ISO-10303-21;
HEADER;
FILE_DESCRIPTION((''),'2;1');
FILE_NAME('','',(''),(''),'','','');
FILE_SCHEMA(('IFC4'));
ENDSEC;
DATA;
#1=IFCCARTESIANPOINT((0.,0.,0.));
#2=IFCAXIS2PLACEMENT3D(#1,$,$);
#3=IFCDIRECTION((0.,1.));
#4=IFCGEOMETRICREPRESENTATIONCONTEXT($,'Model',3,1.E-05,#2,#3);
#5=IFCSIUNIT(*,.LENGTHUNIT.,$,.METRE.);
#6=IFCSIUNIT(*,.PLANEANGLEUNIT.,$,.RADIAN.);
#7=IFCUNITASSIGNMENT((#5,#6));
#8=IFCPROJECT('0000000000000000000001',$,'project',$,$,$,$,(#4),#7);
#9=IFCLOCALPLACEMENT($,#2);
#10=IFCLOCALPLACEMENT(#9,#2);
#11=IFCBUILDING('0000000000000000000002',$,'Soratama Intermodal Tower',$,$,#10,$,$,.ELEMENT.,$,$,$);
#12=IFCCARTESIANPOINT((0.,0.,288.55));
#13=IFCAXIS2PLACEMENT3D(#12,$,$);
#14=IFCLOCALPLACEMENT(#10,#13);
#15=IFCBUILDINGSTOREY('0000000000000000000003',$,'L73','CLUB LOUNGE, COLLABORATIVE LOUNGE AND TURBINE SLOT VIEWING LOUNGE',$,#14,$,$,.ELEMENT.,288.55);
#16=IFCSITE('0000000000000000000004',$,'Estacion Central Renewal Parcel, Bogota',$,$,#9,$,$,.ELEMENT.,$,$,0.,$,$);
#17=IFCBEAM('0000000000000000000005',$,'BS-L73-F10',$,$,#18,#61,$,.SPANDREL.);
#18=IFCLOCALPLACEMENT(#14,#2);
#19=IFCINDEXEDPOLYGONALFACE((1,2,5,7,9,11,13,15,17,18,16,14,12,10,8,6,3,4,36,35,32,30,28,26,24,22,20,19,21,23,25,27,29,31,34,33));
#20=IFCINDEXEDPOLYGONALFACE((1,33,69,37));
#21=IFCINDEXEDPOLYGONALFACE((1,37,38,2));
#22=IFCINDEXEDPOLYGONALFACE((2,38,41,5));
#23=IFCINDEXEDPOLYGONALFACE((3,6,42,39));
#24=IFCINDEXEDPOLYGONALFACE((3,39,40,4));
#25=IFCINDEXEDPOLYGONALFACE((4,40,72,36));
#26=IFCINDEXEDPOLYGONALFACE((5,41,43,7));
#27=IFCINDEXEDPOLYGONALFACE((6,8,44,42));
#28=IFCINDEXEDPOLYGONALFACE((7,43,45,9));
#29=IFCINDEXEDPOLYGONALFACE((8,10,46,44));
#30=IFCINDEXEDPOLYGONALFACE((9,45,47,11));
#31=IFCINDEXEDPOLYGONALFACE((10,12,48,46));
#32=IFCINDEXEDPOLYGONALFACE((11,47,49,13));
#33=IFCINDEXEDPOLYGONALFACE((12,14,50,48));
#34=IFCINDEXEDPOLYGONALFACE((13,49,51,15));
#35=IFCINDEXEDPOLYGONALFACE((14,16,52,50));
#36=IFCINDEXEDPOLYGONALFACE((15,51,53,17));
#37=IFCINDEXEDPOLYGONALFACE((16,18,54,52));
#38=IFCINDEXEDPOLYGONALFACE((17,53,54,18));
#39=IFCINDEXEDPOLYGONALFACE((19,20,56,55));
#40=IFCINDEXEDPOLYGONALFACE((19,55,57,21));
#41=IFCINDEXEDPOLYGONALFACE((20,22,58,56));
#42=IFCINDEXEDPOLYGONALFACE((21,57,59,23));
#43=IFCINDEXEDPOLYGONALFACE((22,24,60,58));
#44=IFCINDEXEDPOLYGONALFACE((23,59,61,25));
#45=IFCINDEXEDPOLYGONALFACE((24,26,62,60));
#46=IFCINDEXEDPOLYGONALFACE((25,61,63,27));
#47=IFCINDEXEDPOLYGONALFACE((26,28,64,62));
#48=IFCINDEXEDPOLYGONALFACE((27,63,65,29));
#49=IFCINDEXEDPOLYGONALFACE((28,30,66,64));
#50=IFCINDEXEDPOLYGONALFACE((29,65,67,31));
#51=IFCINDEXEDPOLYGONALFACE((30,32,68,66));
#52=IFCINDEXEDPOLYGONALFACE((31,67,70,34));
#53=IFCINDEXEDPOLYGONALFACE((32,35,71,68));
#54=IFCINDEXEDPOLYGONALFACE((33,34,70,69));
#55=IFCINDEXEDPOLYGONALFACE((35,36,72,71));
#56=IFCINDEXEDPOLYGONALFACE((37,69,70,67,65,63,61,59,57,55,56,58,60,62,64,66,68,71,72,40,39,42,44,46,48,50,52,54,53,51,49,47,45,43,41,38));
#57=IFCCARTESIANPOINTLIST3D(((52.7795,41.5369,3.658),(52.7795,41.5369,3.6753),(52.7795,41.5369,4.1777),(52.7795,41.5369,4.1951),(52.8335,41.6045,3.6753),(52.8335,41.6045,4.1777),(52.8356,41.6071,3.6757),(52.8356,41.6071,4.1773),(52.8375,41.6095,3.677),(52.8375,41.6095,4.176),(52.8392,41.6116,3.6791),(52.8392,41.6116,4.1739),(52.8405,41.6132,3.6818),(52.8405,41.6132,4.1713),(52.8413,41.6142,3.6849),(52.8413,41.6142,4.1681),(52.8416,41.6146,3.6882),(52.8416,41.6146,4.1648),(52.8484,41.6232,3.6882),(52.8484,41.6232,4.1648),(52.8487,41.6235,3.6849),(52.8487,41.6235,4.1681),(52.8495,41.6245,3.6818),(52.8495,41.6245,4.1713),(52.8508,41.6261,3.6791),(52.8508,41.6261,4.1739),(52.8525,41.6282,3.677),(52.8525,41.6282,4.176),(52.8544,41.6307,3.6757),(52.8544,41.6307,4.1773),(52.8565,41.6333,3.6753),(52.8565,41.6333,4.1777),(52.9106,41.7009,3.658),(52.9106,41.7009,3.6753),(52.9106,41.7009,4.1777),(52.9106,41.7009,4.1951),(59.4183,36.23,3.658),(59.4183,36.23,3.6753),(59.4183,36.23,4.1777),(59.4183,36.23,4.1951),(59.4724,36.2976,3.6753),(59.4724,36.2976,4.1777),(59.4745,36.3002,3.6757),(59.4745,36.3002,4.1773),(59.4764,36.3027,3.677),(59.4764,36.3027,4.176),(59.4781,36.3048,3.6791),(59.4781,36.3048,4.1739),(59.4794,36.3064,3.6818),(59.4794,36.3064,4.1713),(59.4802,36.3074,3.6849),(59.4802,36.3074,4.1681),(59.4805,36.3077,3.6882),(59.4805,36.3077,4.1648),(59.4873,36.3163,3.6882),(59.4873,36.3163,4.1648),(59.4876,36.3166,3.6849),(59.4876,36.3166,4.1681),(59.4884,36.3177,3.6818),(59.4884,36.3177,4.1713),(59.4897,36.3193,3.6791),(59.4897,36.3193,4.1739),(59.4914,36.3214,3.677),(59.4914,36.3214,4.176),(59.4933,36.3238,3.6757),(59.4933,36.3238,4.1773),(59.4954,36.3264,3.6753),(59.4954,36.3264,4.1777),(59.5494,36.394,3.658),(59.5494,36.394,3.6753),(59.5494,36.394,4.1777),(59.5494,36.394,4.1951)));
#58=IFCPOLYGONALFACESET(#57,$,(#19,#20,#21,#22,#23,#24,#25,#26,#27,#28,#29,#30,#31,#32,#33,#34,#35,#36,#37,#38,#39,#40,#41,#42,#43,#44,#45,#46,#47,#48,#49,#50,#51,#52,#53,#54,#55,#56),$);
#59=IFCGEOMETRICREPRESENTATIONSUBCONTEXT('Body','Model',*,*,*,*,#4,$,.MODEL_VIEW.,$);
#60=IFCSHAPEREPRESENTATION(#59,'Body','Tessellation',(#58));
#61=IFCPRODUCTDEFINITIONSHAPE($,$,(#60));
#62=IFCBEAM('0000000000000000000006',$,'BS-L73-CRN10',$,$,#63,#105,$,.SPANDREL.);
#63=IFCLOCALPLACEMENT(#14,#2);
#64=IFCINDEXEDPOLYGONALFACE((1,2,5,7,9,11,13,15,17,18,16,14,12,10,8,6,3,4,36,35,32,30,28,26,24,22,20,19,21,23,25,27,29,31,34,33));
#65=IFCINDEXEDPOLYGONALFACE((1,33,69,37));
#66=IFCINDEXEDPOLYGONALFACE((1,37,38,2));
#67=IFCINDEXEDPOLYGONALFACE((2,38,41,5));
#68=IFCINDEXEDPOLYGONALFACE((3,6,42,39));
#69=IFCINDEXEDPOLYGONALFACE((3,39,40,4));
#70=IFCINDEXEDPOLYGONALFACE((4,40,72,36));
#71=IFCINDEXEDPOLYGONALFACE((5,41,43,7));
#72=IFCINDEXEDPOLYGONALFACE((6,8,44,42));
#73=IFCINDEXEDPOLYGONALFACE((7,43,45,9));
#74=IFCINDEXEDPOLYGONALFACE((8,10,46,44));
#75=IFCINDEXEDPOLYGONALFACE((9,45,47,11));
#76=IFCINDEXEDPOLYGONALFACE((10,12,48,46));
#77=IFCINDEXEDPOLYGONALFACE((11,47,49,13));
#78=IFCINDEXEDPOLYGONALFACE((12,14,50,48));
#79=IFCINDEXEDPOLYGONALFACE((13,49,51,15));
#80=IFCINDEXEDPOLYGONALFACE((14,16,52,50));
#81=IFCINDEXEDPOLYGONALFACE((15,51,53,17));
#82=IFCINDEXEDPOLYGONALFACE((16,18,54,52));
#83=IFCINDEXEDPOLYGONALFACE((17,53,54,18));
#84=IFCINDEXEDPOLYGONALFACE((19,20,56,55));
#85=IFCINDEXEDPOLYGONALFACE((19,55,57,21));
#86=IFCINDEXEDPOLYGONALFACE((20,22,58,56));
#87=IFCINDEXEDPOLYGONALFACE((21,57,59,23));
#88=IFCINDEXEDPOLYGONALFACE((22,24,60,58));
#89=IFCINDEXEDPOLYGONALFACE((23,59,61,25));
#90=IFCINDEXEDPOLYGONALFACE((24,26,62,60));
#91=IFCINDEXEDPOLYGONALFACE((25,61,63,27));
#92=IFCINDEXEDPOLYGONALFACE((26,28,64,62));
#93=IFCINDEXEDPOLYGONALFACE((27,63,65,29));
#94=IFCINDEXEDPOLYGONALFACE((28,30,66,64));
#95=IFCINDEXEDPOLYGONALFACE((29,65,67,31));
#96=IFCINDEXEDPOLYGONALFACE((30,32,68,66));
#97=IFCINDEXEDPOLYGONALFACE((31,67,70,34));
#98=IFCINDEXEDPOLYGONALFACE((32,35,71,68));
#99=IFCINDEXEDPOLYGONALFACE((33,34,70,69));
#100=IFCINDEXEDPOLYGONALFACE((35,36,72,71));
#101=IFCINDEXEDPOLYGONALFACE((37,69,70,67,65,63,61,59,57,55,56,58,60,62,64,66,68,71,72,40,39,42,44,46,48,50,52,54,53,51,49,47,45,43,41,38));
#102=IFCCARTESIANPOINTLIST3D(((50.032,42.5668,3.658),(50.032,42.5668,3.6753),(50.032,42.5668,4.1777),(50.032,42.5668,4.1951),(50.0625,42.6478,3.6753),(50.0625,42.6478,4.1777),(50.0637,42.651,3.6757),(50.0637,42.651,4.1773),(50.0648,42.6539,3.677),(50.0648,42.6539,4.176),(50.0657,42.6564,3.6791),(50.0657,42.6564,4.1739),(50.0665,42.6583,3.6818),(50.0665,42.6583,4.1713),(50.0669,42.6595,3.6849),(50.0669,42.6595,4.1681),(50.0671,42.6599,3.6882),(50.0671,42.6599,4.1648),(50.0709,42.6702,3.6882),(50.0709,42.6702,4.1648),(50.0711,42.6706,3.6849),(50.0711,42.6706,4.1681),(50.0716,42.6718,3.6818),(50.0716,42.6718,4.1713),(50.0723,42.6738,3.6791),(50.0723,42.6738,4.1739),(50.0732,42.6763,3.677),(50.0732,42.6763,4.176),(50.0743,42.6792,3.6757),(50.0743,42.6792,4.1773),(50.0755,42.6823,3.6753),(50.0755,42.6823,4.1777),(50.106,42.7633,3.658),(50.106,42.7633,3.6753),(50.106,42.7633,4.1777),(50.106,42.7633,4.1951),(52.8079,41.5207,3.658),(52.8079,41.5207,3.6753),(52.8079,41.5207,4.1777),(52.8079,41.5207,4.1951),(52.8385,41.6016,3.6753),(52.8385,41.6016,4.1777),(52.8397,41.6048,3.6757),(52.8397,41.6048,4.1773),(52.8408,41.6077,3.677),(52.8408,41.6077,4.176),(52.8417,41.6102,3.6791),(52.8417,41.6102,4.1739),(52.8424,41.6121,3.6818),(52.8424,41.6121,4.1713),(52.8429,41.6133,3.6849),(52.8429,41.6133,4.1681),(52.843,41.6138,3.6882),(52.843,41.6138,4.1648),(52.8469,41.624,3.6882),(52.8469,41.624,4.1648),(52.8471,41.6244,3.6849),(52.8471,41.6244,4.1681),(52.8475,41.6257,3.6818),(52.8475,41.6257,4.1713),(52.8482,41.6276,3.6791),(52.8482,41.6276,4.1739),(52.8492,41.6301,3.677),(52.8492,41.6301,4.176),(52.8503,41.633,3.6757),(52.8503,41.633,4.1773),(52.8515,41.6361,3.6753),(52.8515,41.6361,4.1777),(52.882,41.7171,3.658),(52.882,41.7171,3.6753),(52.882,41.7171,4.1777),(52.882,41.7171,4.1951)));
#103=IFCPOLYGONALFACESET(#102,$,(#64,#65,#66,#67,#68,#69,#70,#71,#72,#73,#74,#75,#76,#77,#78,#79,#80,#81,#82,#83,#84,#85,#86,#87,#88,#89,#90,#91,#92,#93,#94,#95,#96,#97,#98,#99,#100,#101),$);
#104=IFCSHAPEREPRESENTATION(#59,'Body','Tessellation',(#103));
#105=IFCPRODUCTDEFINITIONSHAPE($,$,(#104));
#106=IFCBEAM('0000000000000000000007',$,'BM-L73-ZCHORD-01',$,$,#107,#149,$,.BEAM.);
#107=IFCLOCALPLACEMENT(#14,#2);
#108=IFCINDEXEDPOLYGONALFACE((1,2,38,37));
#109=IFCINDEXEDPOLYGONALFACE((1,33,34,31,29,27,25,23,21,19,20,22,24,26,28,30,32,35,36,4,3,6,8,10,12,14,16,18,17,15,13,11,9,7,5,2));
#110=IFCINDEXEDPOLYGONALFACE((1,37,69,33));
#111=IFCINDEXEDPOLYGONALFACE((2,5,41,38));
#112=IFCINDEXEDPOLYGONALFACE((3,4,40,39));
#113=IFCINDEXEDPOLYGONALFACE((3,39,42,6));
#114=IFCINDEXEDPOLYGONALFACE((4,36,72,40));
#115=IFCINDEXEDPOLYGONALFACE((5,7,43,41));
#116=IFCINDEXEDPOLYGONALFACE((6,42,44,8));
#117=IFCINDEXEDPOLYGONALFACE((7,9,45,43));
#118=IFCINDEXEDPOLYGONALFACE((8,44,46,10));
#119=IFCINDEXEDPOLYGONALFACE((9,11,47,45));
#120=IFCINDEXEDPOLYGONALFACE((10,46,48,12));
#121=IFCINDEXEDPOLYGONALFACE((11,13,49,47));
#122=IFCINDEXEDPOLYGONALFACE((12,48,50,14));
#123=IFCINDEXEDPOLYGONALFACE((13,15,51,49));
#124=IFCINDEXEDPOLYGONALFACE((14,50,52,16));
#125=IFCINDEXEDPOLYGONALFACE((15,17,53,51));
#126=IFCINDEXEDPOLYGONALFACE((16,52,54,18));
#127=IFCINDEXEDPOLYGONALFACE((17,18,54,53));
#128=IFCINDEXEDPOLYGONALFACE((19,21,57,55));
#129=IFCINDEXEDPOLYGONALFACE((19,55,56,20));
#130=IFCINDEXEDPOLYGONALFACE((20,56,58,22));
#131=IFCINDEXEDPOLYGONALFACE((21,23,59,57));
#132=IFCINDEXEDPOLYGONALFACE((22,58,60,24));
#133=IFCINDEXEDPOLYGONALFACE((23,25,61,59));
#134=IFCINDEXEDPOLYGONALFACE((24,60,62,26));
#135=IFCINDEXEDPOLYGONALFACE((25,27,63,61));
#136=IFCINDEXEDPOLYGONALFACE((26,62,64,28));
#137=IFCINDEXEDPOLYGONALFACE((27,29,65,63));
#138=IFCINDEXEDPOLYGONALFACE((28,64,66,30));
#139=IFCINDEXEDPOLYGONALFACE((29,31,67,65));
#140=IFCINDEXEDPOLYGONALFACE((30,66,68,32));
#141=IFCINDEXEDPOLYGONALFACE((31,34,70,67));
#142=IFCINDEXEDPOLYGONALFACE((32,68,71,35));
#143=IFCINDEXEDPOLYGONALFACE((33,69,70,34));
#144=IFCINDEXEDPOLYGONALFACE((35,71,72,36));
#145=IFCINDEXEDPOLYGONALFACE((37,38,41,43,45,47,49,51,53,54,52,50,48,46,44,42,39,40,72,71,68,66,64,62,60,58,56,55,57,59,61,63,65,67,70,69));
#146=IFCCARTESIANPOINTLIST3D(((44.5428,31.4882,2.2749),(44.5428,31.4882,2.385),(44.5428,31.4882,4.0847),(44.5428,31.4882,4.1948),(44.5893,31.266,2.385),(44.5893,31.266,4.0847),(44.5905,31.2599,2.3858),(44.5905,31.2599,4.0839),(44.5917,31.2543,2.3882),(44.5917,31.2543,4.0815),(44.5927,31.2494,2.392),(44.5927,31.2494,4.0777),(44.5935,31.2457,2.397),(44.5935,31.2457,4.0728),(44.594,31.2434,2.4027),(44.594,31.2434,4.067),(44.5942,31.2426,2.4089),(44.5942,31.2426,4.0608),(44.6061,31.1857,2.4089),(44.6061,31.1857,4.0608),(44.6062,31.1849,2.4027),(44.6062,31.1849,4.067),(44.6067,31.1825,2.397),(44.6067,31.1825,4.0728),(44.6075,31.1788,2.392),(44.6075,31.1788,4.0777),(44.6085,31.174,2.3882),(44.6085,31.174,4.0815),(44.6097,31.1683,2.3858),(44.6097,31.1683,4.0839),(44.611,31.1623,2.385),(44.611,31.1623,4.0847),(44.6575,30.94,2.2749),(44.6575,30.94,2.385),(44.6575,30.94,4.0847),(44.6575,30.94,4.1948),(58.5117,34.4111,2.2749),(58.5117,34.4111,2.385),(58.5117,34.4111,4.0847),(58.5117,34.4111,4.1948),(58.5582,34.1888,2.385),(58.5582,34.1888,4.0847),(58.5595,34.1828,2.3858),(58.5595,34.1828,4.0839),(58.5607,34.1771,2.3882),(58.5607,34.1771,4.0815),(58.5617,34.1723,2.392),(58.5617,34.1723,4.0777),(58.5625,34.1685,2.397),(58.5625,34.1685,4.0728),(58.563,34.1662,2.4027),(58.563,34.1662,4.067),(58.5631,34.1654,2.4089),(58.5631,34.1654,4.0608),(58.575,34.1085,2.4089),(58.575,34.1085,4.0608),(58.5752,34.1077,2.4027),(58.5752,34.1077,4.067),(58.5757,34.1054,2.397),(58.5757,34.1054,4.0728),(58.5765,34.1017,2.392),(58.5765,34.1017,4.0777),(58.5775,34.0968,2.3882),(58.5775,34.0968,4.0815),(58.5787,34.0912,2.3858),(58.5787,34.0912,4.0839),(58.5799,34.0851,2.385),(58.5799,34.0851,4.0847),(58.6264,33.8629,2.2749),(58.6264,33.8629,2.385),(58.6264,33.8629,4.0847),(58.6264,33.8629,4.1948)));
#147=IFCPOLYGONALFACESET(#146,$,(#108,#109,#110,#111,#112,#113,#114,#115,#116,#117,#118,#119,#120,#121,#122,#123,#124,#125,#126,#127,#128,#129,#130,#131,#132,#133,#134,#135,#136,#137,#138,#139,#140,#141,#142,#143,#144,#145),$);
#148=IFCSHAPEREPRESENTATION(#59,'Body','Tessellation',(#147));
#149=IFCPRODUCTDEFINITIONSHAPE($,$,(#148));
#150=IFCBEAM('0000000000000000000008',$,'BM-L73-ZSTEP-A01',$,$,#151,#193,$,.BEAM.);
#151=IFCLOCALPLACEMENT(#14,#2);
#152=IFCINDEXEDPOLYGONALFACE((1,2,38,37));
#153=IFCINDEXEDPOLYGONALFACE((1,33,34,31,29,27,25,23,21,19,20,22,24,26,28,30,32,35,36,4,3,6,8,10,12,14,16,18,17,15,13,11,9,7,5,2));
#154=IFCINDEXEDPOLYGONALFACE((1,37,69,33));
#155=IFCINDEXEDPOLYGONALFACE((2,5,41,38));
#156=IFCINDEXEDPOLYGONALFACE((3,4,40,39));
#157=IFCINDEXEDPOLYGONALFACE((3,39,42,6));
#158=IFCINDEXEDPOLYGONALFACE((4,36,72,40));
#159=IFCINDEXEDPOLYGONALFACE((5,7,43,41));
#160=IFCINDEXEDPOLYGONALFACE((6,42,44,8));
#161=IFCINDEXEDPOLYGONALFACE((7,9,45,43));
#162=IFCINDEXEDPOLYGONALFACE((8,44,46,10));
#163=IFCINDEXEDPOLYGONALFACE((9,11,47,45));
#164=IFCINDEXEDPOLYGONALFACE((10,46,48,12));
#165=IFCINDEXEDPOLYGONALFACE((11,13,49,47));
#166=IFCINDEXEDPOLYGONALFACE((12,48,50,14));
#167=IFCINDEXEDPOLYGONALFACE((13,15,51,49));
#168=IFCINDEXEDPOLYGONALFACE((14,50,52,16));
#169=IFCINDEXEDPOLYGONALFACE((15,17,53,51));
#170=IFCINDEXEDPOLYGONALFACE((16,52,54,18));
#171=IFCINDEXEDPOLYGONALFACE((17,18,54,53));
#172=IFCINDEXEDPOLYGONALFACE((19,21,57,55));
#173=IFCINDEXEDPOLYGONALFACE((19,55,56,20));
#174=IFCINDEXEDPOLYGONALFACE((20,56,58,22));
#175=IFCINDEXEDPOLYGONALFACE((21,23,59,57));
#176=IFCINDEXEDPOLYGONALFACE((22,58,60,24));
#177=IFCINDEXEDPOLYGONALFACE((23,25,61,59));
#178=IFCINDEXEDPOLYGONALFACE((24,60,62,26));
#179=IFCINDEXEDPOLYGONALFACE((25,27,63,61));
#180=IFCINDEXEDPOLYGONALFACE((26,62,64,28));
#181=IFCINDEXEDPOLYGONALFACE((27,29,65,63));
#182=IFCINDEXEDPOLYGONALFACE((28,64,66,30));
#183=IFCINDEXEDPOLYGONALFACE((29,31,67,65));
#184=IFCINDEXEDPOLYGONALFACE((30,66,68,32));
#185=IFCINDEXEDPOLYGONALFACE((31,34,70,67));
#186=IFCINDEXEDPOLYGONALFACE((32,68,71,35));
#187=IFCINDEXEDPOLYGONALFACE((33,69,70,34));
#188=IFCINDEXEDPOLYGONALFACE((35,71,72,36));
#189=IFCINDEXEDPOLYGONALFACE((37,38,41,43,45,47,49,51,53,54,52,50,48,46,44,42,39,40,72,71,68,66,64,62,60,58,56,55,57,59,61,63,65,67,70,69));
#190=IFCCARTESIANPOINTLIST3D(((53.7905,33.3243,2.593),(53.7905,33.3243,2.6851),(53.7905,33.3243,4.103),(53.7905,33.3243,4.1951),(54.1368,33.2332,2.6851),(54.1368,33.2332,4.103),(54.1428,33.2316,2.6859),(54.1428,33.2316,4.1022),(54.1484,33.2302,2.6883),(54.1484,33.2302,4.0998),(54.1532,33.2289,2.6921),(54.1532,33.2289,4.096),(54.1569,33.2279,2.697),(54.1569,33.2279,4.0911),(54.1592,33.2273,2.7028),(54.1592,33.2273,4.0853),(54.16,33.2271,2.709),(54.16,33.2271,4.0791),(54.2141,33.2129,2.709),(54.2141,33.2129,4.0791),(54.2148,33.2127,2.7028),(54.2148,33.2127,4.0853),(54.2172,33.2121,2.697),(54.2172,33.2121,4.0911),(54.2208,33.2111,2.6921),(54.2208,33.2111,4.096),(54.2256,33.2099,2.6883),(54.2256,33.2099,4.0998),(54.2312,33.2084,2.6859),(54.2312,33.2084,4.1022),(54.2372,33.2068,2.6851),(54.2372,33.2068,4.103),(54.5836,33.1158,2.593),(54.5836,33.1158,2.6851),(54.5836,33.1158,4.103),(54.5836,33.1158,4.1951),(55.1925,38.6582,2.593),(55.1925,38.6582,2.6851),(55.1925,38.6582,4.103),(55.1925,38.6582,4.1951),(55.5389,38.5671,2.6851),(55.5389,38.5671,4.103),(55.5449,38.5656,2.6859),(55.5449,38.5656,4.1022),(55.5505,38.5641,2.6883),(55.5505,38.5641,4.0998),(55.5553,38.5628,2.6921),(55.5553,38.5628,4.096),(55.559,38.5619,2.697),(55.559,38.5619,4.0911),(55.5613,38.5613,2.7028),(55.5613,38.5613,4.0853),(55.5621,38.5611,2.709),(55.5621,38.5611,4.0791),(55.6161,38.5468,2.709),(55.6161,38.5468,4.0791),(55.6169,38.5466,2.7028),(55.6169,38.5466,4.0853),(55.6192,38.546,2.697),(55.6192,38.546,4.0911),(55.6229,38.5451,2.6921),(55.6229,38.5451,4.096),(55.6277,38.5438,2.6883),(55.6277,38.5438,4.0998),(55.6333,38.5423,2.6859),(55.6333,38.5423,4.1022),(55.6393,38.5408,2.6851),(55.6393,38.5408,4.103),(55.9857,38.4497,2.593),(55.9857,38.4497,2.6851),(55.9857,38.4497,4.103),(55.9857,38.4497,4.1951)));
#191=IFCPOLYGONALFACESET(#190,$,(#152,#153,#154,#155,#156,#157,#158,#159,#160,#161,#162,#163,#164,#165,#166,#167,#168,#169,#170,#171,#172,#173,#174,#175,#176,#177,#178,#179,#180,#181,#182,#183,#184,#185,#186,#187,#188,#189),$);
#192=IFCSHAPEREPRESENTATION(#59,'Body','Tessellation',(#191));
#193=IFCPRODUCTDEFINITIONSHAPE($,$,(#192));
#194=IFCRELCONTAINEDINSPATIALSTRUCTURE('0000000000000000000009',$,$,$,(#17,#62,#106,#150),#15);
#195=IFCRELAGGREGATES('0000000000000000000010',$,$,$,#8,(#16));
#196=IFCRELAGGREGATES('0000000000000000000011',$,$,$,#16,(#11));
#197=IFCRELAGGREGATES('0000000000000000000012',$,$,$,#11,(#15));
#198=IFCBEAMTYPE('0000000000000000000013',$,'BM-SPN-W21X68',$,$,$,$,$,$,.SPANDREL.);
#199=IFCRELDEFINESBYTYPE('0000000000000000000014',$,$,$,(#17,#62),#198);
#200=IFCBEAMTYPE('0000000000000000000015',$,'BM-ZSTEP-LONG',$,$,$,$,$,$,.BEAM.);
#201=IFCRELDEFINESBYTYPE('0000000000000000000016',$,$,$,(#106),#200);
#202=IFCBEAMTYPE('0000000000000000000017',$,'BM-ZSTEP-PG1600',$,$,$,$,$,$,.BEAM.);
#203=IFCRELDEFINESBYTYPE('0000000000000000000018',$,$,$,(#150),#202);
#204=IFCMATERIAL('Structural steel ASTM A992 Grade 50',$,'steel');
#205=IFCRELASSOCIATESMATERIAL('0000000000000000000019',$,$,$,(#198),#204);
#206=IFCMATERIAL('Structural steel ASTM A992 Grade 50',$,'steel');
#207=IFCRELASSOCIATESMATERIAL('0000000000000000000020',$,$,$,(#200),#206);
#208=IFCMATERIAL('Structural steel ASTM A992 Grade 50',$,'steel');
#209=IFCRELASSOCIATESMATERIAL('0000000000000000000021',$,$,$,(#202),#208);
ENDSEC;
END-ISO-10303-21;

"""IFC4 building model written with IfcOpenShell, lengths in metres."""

from ifc_helpers import new_model, si_unit, direction, frame, origin, origin_2d, place, context, subcontext, project, spatial, i_section, extrude, material, material_profile, profile_set, type_object, element, save


model = new_model("IFC4")

# Units and contexts
model_context = context("Model", 3, precision=1e-05, world=origin(), true_north=direction((0.0, 1.0)))
body_context = subcontext(model_context, "Body", "Model", "MODEL_VIEW")
ifc_project = project(units=[si_unit("LENGTHUNIT", "METRE"), si_unit("PLANEANGLEUNIT", "RADIAN")], contexts=[model_context])

# Site, building, storey
site_placement = place(None, origin())
site = spatial("IfcSite", under=ifc_project, at=site_placement, Name="Estacion Central Renewal Parcel, Bogota", CompositionType="ELEMENT", RefElevation=0.0)
building_placement = place(site_placement, origin())
building = spatial("IfcBuilding", under=site, at=building_placement, Name="Soratama Intermodal Tower", CompositionType="ELEMENT")
storey_placement = place(building_placement, frame((0.0, 0.0, 288.55)))
storey = spatial("IfcBuildingStorey", under=building, at=storey_placement, Name="L73", Description="CLUB LOUNGE, COLLABORATIVE LOUNGE AND TURBINE SLOT VIEWING LOUNGE", CompositionType="ELEMENT", Elevation=288.55)

# Beams
ifc_material_1 = material(Name="Structural steel ASTM A992 Grade 50", Category="steel")
ifc_material_profile_1 = material_profile(ifc_material_1, i_section(OverallWidth=0.21, OverallDepth=0.5371, WebThickness=0.011, FlangeThickness=0.0173, FilletRadius=0.0129, at=origin_2d()), Name="W21X68")
ifc_profile_set_1 = profile_set([ifc_material_profile_1], Name="Structural steel ASTM A992 Grade 50")
beam_type_1 = type_object("IfcBeamType", Name="BM-SPN-W21X68", PredefinedType="SPANDREL", material=ifc_profile_set_1)
beam_1_placement = place(storey_placement, frame((59.4839, 36.312, 3.9265), z_axis=(-0.781113, 0.62439, 0.0), x_axis=(-0.62439, -0.781113, 0.0)))
element("IfcBeam", 1, at=beam_1_placement, inside=storey, type_object=beam_type_1, Name="BS-L73-F10", PredefinedType="SPANDREL", context=body_context, shape_type="SweptSolid", body=[
    extrude(i_section(OverallWidth=0.21, OverallDepth=0.5371, WebThickness=0.011, FlangeThickness=0.0173, FilletRadius=0.0129, at=origin_2d()), origin(), (0.0, 0.0, 1.0), 8.4993),
])
beam_2_placement = place(storey_placement, frame((52.845, 41.6189, 3.9265), z_axis=(-0.935753, 0.352656, 0.0), x_axis=(-0.352656, -0.935753, 0.0)))
element("IfcBeam", 2, at=beam_2_placement, inside=storey, type_object=beam_type_1, Name="BS-L73-CRN10", PredefinedType="SPANDREL", context=body_context, shape_type="SweptSolid", body=[
    extrude(i_section(OverallWidth=0.21, OverallDepth=0.5371, WebThickness=0.011, FlangeThickness=0.0173, FilletRadius=0.0129, at=origin_2d()), origin(), (0.0, 0.0, 1.0), 2.9666),
])
ifc_material_2 = material(Name="Structural steel ASTM A992 Grade 50", Category="steel")
ifc_material_profile_2 = material_profile(ifc_material_2, i_section(OverallWidth=0.5601, OverallDepth=1.9199, WebThickness=0.0581, FlangeThickness=0.1101, FilletRadius=0.0239, at=origin_2d()), Name="PG2150X720")
ifc_profile_set_2 = profile_set([ifc_material_profile_2], Name="Structural steel ASTM A992 Grade 50")
beam_type_2 = type_object("IfcBeamType", Name="BM-ZSTEP-LONG", PredefinedType="BEAM", material=ifc_profile_set_2)
beam_3_placement = place(storey_placement, frame((58.5691, 34.137, 3.2349), z_axis=(-0.978803, -0.204803, 0.0), x_axis=(0.204803, -0.978803, 0.0)))
element("IfcBeam", 3, at=beam_3_placement, inside=storey, type_object=beam_type_2, Name="BM-L73-ZCHORD-01", PredefinedType="BEAM", context=body_context, shape_type="SweptSolid", body=[
    extrude(i_section(OverallWidth=0.5601, OverallDepth=1.9199, WebThickness=0.0581, FlangeThickness=0.1101, FilletRadius=0.0239, at=origin_2d()), origin(), (0.0, 0.0, 1.0), 14.2715),
])
ifc_material_3 = material(Name="Structural steel ASTM A992 Grade 50", Category="steel")
ifc_material_profile_3 = material_profile(ifc_material_3, i_section(OverallWidth=0.8201, OverallDepth=1.6021, WebThickness=0.0559, FlangeThickness=0.092, FilletRadius=0.0239, at=origin_2d()), Name="PG1600X650")
ifc_profile_set_3 = profile_set([ifc_material_profile_3], Name="Structural steel ASTM A992 Grade 50")
beam_type_3 = type_object("IfcBeamType", Name="BM-ZSTEP-PG1600", PredefinedType="BEAM", material=ifc_profile_set_3)
beam_4_placement = place(storey_placement, frame((55.5891, 38.554, 3.394), z_axis=(-0.254225, -0.967145, 0.0), x_axis=(0.967145, -0.254225, 0.0)))
element("IfcBeam", 4, at=beam_4_placement, inside=storey, type_object=beam_type_3, Name="BM-L73-ZSTEP-A01", PredefinedType="BEAM", context=body_context, shape_type="SweptSolid", body=[
    extrude(i_section(OverallWidth=0.8201, OverallDepth=1.6021, WebThickness=0.0559, FlangeThickness=0.092, FilletRadius=0.0239, at=origin_2d()), origin(), (0.0, 0.0, 1.0), 5.5151),
])

save(model, "model.ifc")
